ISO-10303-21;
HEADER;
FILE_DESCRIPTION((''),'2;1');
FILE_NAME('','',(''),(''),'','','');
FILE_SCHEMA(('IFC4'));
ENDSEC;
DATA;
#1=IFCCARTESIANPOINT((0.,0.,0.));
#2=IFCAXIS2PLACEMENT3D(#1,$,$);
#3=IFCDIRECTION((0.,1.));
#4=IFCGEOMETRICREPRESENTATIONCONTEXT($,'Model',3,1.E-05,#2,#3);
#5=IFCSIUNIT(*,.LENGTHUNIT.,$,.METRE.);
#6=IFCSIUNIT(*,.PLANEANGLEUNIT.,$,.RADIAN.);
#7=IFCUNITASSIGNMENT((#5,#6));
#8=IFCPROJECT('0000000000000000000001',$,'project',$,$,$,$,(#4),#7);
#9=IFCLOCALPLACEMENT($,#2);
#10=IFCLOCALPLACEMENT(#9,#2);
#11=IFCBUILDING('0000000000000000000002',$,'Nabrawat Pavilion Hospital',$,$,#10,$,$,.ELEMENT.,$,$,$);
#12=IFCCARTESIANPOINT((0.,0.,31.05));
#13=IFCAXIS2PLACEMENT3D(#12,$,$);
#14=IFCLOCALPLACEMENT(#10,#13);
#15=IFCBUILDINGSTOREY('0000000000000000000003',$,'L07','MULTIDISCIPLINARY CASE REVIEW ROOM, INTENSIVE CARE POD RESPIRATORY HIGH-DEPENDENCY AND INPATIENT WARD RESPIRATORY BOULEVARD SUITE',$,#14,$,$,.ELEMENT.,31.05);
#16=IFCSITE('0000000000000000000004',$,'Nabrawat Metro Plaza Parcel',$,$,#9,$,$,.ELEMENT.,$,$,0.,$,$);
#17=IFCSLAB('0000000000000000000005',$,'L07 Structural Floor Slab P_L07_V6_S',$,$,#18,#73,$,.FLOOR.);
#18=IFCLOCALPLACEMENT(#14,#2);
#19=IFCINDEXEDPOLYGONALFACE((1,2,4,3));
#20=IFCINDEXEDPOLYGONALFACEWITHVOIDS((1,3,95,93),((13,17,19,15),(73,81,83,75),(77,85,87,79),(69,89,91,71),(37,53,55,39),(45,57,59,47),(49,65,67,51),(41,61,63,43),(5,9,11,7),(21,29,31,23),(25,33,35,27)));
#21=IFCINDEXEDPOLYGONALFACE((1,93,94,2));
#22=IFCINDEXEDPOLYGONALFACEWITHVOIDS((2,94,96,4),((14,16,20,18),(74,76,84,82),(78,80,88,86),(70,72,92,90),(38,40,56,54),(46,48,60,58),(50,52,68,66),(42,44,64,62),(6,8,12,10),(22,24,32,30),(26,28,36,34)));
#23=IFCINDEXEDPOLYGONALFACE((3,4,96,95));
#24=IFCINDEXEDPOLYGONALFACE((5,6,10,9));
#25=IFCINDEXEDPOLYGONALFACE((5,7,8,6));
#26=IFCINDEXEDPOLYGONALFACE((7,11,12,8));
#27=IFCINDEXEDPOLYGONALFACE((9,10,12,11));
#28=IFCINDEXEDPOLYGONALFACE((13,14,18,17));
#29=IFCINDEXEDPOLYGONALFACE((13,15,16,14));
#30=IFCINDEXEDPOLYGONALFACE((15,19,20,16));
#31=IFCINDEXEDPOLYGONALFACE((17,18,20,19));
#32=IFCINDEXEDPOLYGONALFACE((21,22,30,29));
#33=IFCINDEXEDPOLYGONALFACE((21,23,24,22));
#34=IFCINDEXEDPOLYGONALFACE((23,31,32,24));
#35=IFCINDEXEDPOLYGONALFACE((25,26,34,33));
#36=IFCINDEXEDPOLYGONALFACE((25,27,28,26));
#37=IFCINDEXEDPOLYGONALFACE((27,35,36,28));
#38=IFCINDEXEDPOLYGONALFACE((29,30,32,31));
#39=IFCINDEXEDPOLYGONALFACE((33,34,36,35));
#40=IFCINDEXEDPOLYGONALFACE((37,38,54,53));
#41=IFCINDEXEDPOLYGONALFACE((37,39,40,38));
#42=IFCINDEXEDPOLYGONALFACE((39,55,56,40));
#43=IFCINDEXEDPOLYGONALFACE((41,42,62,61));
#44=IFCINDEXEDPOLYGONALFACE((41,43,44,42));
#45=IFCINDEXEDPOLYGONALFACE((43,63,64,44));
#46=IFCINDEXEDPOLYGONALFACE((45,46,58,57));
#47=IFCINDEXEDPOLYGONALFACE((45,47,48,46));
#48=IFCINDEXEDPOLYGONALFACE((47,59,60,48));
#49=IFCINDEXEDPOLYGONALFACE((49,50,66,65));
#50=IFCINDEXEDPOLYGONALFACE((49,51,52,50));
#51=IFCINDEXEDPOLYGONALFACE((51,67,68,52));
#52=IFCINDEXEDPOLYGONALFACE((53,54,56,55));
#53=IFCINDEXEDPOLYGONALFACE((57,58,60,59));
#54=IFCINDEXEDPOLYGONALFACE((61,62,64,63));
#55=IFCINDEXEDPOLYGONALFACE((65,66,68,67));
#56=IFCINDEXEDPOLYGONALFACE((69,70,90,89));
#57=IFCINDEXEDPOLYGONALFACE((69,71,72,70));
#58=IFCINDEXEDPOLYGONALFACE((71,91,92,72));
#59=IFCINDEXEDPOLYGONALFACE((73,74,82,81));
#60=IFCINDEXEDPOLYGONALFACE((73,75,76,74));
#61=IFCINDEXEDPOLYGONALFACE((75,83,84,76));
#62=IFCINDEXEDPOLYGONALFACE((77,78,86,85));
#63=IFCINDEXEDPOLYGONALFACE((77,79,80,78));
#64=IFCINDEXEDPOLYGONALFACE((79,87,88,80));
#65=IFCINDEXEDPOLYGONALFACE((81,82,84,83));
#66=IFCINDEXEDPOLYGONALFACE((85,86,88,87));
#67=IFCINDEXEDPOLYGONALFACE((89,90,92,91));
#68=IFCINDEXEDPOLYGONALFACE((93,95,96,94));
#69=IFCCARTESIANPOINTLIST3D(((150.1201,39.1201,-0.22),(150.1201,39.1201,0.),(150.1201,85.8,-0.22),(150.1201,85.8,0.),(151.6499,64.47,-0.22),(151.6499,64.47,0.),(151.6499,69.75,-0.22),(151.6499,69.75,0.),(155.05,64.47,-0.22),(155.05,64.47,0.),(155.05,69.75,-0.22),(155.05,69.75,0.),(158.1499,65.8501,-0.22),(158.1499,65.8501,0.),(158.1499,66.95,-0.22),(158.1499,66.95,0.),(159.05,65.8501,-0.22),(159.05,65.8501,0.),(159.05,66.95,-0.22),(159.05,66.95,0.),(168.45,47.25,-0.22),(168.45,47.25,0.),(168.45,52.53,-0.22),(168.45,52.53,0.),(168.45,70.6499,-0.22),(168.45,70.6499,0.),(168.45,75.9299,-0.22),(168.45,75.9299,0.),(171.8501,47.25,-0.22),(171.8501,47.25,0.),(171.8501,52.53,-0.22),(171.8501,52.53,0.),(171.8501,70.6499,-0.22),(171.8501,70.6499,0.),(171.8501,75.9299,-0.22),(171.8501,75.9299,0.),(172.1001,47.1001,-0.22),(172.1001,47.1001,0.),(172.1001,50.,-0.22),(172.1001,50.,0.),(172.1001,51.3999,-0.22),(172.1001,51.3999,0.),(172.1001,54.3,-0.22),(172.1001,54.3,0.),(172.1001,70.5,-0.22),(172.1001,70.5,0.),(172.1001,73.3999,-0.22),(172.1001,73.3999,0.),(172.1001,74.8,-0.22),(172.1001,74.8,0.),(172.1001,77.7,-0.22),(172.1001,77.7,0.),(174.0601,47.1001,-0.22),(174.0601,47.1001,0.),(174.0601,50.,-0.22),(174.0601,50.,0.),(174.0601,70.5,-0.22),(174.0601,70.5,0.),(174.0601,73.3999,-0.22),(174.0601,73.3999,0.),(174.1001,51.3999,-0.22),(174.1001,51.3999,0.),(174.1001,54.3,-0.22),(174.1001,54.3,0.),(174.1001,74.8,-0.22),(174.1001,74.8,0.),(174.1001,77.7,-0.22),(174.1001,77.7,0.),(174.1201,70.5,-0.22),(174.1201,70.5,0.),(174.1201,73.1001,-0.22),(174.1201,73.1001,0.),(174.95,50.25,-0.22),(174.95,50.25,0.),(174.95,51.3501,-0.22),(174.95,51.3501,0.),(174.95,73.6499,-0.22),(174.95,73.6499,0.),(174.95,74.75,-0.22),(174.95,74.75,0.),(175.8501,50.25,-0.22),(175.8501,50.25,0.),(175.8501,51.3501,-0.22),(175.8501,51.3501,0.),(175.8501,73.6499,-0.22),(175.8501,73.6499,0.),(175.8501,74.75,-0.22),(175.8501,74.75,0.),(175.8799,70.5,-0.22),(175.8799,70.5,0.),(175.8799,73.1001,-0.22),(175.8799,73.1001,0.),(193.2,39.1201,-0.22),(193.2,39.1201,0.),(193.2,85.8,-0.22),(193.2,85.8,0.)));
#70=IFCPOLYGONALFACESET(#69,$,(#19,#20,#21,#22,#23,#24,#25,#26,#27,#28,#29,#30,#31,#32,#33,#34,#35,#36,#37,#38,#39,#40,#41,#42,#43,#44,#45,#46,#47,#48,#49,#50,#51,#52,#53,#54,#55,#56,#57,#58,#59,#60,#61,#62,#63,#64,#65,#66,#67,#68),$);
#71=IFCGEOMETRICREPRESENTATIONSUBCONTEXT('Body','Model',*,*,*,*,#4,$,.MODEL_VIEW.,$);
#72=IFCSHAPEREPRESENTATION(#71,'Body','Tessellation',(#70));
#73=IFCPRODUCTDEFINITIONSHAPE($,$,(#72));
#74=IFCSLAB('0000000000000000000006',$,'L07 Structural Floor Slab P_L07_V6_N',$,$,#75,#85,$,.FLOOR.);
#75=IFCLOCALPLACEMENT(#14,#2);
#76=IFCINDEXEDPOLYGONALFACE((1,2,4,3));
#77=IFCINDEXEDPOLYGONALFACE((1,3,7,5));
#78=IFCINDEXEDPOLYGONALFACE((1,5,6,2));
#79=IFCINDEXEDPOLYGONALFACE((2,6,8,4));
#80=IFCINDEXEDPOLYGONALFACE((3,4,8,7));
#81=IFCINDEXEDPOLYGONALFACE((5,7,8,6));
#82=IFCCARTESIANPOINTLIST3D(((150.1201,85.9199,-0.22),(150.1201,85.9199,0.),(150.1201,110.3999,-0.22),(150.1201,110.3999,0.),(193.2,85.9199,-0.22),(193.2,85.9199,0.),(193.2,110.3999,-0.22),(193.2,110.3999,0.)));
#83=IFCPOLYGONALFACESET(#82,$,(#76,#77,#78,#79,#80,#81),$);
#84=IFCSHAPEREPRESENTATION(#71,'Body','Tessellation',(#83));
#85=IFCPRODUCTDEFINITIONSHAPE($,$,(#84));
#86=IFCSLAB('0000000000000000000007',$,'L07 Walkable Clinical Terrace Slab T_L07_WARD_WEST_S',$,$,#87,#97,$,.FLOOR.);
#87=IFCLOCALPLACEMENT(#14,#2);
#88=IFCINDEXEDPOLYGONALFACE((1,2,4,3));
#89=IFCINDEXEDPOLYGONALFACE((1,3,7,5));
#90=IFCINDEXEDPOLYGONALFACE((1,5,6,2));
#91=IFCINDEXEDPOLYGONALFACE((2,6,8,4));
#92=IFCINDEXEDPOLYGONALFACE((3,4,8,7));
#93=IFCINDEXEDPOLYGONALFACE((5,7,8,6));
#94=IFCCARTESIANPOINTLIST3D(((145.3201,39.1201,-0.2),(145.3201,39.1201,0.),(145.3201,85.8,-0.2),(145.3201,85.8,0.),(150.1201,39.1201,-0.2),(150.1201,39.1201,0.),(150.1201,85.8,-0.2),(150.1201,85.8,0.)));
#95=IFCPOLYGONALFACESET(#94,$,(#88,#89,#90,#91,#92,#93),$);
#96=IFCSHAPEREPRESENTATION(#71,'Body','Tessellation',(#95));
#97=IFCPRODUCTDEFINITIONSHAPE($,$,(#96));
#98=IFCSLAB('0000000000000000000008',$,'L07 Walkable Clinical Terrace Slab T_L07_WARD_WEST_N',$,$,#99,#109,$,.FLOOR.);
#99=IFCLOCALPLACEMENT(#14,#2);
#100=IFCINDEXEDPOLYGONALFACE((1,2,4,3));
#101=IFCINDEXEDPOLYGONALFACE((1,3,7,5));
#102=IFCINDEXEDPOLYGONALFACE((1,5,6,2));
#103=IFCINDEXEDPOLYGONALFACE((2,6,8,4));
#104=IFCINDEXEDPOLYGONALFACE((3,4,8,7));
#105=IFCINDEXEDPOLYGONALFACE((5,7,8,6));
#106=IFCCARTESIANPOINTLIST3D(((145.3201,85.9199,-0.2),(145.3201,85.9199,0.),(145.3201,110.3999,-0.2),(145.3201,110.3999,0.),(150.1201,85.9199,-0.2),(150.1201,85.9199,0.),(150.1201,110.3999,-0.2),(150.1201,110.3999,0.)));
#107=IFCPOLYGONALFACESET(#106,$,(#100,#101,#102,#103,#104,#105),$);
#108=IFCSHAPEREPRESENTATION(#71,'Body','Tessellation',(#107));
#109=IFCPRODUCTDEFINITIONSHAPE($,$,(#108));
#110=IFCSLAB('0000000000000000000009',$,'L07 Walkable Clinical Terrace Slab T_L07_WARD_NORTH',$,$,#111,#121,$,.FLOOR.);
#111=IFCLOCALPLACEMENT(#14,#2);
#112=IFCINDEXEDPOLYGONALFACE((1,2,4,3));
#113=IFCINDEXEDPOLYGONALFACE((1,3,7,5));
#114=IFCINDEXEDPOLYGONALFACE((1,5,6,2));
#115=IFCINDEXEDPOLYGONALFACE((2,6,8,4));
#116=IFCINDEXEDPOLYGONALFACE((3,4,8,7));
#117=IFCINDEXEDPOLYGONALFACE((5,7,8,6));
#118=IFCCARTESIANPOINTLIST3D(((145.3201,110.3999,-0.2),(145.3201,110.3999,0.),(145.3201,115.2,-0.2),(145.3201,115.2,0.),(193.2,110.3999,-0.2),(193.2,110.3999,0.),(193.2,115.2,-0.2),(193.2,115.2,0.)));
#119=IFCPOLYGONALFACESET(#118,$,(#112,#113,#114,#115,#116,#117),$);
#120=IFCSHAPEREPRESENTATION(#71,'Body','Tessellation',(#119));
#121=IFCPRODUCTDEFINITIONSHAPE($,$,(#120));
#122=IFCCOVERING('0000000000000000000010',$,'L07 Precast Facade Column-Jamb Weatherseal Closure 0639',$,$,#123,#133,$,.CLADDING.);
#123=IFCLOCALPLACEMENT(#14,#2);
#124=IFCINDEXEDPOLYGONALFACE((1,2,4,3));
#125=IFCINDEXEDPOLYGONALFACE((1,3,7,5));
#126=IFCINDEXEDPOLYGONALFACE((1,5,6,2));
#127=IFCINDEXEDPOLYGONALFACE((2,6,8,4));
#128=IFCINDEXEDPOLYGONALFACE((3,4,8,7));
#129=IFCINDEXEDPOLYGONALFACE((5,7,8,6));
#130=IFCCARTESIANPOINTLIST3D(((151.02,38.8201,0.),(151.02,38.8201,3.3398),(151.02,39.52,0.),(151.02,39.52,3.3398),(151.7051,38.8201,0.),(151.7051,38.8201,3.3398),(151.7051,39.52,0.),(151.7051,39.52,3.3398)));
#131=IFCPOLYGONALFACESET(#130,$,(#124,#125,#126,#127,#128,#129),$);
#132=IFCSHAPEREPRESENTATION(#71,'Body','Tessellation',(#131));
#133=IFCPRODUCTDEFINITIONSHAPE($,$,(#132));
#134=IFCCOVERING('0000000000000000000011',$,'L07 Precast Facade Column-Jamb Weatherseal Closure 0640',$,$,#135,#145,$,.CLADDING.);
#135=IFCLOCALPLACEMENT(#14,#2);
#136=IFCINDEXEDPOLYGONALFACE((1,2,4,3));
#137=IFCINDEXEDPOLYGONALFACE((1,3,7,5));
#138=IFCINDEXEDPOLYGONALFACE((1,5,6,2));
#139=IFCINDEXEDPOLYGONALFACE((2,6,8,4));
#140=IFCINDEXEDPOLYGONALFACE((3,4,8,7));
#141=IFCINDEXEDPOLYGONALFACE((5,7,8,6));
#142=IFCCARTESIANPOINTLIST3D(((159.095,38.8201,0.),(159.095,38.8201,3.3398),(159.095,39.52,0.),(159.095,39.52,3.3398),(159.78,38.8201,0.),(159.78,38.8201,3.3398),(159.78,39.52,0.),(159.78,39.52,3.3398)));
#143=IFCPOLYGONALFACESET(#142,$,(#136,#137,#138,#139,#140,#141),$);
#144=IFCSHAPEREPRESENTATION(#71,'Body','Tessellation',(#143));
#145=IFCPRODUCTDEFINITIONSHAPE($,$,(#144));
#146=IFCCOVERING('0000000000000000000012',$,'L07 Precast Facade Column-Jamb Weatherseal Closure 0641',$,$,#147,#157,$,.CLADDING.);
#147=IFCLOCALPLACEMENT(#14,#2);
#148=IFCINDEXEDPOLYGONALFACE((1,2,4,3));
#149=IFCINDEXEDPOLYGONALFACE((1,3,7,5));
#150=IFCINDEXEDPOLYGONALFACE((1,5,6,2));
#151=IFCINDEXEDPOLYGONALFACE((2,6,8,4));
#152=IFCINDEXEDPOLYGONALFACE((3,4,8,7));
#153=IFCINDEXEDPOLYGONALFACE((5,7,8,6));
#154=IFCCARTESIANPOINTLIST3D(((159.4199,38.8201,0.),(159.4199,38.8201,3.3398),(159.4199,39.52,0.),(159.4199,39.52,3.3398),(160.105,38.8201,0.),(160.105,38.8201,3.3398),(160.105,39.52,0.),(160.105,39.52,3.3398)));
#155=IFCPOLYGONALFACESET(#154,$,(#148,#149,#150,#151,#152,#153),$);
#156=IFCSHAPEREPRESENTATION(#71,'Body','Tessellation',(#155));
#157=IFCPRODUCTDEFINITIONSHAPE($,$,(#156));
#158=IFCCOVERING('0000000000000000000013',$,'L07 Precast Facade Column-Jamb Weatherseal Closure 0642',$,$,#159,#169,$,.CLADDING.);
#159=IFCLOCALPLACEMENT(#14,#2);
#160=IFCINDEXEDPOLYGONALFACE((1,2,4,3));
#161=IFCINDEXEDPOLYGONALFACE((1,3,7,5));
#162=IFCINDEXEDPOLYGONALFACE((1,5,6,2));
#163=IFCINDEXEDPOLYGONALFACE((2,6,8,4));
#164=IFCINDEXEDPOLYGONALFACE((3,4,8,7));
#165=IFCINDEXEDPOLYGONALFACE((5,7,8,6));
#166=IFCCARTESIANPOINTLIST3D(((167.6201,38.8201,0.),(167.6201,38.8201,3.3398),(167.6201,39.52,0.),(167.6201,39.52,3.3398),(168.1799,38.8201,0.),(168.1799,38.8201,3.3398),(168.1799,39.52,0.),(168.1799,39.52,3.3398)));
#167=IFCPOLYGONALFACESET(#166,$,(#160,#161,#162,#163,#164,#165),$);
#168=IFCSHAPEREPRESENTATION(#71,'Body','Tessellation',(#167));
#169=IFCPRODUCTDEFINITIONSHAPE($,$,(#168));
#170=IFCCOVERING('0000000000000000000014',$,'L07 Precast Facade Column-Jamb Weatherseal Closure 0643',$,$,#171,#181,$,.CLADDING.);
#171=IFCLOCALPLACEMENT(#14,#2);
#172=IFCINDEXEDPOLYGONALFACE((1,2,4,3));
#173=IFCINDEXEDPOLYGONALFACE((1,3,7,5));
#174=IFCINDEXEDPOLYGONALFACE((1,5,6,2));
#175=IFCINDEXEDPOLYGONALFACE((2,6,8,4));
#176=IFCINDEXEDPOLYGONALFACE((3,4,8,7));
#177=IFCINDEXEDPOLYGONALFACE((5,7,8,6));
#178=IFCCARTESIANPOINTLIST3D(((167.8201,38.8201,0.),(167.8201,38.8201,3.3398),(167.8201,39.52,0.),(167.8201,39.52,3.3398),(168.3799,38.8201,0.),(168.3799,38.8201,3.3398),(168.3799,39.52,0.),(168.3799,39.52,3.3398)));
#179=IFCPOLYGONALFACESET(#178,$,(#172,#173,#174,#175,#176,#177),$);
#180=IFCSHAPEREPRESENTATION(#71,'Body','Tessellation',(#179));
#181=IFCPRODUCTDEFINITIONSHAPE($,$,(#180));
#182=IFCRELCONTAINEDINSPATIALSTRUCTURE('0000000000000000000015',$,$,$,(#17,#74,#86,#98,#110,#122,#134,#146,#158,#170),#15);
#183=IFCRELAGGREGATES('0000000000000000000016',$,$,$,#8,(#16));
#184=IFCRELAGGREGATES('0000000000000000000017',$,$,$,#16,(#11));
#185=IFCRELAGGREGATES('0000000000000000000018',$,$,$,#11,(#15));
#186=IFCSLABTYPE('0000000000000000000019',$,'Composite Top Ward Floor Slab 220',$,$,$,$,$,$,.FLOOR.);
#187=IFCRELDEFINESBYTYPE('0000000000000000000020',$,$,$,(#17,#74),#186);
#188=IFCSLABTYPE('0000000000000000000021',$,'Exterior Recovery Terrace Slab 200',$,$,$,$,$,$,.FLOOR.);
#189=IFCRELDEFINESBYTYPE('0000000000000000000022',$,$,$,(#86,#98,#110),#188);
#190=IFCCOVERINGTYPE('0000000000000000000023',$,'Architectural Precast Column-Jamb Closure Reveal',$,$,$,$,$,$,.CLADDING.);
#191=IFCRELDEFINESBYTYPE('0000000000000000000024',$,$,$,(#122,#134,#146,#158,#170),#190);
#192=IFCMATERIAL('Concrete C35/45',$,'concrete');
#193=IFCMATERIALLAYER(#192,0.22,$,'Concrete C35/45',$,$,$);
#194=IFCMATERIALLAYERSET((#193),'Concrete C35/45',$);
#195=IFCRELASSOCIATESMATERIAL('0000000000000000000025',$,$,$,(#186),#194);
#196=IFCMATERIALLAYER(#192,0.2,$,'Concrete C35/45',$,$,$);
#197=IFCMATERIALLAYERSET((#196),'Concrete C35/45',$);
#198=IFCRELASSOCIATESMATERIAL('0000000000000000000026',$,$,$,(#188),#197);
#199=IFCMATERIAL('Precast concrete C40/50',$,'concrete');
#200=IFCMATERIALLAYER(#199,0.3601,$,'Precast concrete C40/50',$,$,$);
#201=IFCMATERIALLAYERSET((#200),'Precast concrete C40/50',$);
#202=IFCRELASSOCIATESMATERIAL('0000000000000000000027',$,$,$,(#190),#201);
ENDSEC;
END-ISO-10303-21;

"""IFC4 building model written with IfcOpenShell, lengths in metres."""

from ifc_helpers import new_model, si_unit, direction, frame, origin, place, context, subcontext, project, spatial, polyline, outline, extrude, material, layer, layer_set, type_object, element, save


model = new_model("IFC4")

# Units and contexts
model_context = context("Model", 3, precision=1e-05, world=origin(), true_north=direction((0.0, 1.0)))
body_context = subcontext(model_context, "Body", "Model", "MODEL_VIEW")
ifc_project = project(units=[si_unit("LENGTHUNIT", "METRE"), si_unit("PLANEANGLEUNIT", "RADIAN")], contexts=[model_context])

# Site, building, storey
site_placement = place(None, origin())
site = spatial("IfcSite", under=ifc_project, at=site_placement, Name="Nabrawat Metro Plaza Parcel", CompositionType="ELEMENT", RefElevation=0.0)
building_placement = place(site_placement, origin())
building = spatial("IfcBuilding", under=site, at=building_placement, Name="Nabrawat Pavilion Hospital", CompositionType="ELEMENT")
storey_placement = place(building_placement, frame((0.0, 0.0, 31.05)))
storey = spatial("IfcBuildingStorey", under=building, at=storey_placement, Name="L07", Description="MULTIDISCIPLINARY CASE REVIEW ROOM, INTENSIVE CARE POD RESPIRATORY HIGH-DEPENDENCY AND INPATIENT WARD RESPIRATORY BOULEVARD SUITE", CompositionType="ELEMENT", Elevation=31.05)

# Slabs
ifc_material_1 = material(Name="Concrete C35/45", Category="concrete")
ifc_layer_1 = layer(ifc_material_1, 0.22, Name="Concrete C35/45")
ifc_layer_set_1 = layer_set([ifc_layer_1], Name="Concrete C35/45")
slab_type_1 = type_object("IfcSlabType", Name="Composite Top Ward Floor Slab 220", PredefinedType="FLOOR", material=ifc_layer_set_1)
slab_1_placement = place(storey_placement, frame((0.0, 0.0, -0.22)))
element("IfcSlab", 1, at=slab_1_placement, inside=storey, type_object=slab_type_1, Name="L07 Structural Floor Slab P_L07_V6_S", PredefinedType="FLOOR", context=body_context, shape_type="SweptSolid", body=[
    extrude(outline(polyline([(150.1201, 39.1201), (193.2, 39.1201), (193.2, 85.8), (150.1201, 85.8), (150.1201, 39.1201)]), holes=[polyline([(175.8799, 73.1001), (175.8799, 70.5), (174.1201, 70.5), (174.1201, 73.1001), (175.8799, 73.1001)]), polyline([(174.95, 50.25), (174.95, 51.3501), (175.8501, 51.3501), (175.8501, 50.25), (174.95, 50.25)]), polyline([(174.95, 73.6499), (174.95, 74.75), (175.8501, 74.75), (175.8501, 73.6499), (174.95, 73.6499)]), polyline([(172.1001, 51.3999), (172.1001, 54.3), (174.1001, 54.3), (174.1001, 51.3999), (172.1001, 51.3999)]), polyline([(172.1001, 74.8), (172.1001, 77.7), (174.1001, 77.7), (174.1001, 74.8), (172.1001, 74.8)]), polyline([(174.0601, 50.0), (174.0601, 47.1001), (172.1001, 47.1001), (172.1001, 50.0), (174.0601, 50.0)]), polyline([(172.1001, 70.5), (172.1001, 73.3999), (174.0601, 73.3999), (174.0601, 70.5), (172.1001, 70.5)]), polyline([(171.8501, 47.25), (168.45, 47.25), (168.45, 52.53), (171.8501, 52.53), (171.8501, 47.25)]), polyline([(171.8501, 70.6499), (168.45, 70.6499), (168.45, 75.9299), (171.8501, 75.9299), (171.8501, 70.6499)]), polyline([(159.05, 66.95), (159.05, 65.8501), (158.1499, 65.8501), (158.1499, 66.95), (159.05, 66.95)]), polyline([(155.05, 64.47), (151.6499, 64.47), (151.6499, 69.75), (155.05, 69.75), (155.05, 64.47)])]), origin(), (0.0, 0.0, 1.0), 0.22),
])
slab_2_placement = place(storey_placement, frame((0.0, 0.0, -0.22)))
element("IfcSlab", 2, at=slab_2_placement, inside=storey, type_object=slab_type_1, Name="L07 Structural Floor Slab P_L07_V6_N", PredefinedType="FLOOR", context=body_context, shape_type="SweptSolid", body=[
    extrude(outline(polyline([(193.2, 85.9199), (193.2, 110.3999), (150.1201, 110.3999), (150.1201, 85.9199), (193.2, 85.9199)])), origin(), (0.0, 0.0, 1.0), 0.22),
])
ifc_layer_2 = layer(ifc_material_1, 0.2, Name="Concrete C35/45")
ifc_layer_set_2 = layer_set([ifc_layer_2], Name="Concrete C35/45")
slab_type_2 = type_object("IfcSlabType", Name="Exterior Recovery Terrace Slab 200", PredefinedType="FLOOR", material=ifc_layer_set_2)
slab_3_placement = place(storey_placement, frame((0.0, 0.0, -0.2)))
element("IfcSlab", 3, at=slab_3_placement, inside=storey, type_object=slab_type_2, Name="L07 Walkable Clinical Terrace Slab T_L07_WARD_WEST_S", PredefinedType="FLOOR", context=body_context, shape_type="SweptSolid", body=[
    extrude(outline(polyline([(150.1201, 39.1201), (150.1201, 85.8), (145.3201, 85.8), (145.3201, 39.1201), (150.1201, 39.1201)])), origin(), (0.0, 0.0, 1.0), 0.2),
])
slab_4_placement = place(storey_placement, frame((0.0, 0.0, -0.2)))
element("IfcSlab", 4, at=slab_4_placement, inside=storey, type_object=slab_type_2, Name="L07 Walkable Clinical Terrace Slab T_L07_WARD_WEST_N", PredefinedType="FLOOR", context=body_context, shape_type="SweptSolid", body=[
    extrude(outline(polyline([(150.1201, 85.9199), (150.1201, 110.3999), (145.3201, 110.3999), (145.3201, 85.9199), (150.1201, 85.9199)])), origin(), (0.0, 0.0, 1.0), 0.2),
])
slab_5_placement = place(storey_placement, frame((0.0, 0.0, -0.2)))
element("IfcSlab", 5, at=slab_5_placement, inside=storey, type_object=slab_type_2, Name="L07 Walkable Clinical Terrace Slab T_L07_WARD_NORTH", PredefinedType="FLOOR", context=body_context, shape_type="SweptSolid", body=[
    extrude(outline(polyline([(193.2, 110.3999), (193.2, 115.2), (145.3201, 115.2), (145.3201, 110.3999), (193.2, 110.3999)])), origin(), (0.0, 0.0, 1.0), 0.2),
])

# Coverings
ifc_material_2 = material(Name="Precast concrete C40/50", Category="concrete")
ifc_layer_3 = layer(ifc_material_2, 0.3601, Name="Precast concrete C40/50")
ifc_layer_set_3 = layer_set([ifc_layer_3], Name="Precast concrete C40/50")
covering_type = type_object("IfcCoveringType", Name="Architectural Precast Column-Jamb Closure Reveal", PredefinedType="CLADDING", material=ifc_layer_set_3)
covering_1_placement = place(storey_placement, origin())
element("IfcCovering", 6, at=covering_1_placement, inside=storey, type_object=covering_type, Name="L07 Precast Facade Column-Jamb Weatherseal Closure 0639", PredefinedType="CLADDING", context=body_context, shape_type="SweptSolid", body=[
    extrude(outline(polyline([(151.7051, 38.8201), (151.7051, 39.52), (151.02, 39.52), (151.02, 38.8201), (151.7051, 38.8201)])), origin(), (0.0, 0.0, 1.0), 3.3398),
])
covering_2_placement = place(storey_placement, origin())
element("IfcCovering", 7, at=covering_2_placement, inside=storey, type_object=covering_type, Name="L07 Precast Facade Column-Jamb Weatherseal Closure 0640", PredefinedType="CLADDING", context=body_context, shape_type="SweptSolid", body=[
    extrude(outline(polyline([(159.78, 38.8201), (159.78, 39.52), (159.095, 39.52), (159.095, 38.8201), (159.78, 38.8201)])), origin(), (0.0, 0.0, 1.0), 3.3398),
])
covering_3_placement = place(storey_placement, origin())
element("IfcCovering", 8, at=covering_3_placement, inside=storey, type_object=covering_type, Name="L07 Precast Facade Column-Jamb Weatherseal Closure 0641", PredefinedType="CLADDING", context=body_context, shape_type="SweptSolid", body=[
    extrude(outline(polyline([(160.105, 38.8201), (160.105, 39.52), (159.4199, 39.52), (159.4199, 38.8201), (160.105, 38.8201)])), origin(), (0.0, 0.0, 1.0), 3.3398),
])
covering_4_placement = place(storey_placement, origin())
element("IfcCovering", 9, at=covering_4_placement, inside=storey, type_object=covering_type, Name="L07 Precast Facade Column-Jamb Weatherseal Closure 0642", PredefinedType="CLADDING", context=body_context, shape_type="SweptSolid", body=[
    extrude(outline(polyline([(168.1799, 38.8201), (168.1799, 39.52), (167.6201, 39.52), (167.6201, 38.8201), (168.1799, 38.8201)])), origin(), (0.0, 0.0, 1.0), 3.3398),
])
covering_5_placement = place(storey_placement, origin())
element("IfcCovering", 10, at=covering_5_placement, inside=storey, type_object=covering_type, Name="L07 Precast Facade Column-Jamb Weatherseal Closure 0643", PredefinedType="CLADDING", context=body_context, shape_type="SweptSolid", body=[
    extrude(outline(polyline([(168.3799, 38.8201), (168.3799, 39.52), (167.8201, 39.52), (167.8201, 38.8201), (168.3799, 38.8201)])), origin(), (0.0, 0.0, 1.0), 3.3398),
])

save(model, "model.ifc")
